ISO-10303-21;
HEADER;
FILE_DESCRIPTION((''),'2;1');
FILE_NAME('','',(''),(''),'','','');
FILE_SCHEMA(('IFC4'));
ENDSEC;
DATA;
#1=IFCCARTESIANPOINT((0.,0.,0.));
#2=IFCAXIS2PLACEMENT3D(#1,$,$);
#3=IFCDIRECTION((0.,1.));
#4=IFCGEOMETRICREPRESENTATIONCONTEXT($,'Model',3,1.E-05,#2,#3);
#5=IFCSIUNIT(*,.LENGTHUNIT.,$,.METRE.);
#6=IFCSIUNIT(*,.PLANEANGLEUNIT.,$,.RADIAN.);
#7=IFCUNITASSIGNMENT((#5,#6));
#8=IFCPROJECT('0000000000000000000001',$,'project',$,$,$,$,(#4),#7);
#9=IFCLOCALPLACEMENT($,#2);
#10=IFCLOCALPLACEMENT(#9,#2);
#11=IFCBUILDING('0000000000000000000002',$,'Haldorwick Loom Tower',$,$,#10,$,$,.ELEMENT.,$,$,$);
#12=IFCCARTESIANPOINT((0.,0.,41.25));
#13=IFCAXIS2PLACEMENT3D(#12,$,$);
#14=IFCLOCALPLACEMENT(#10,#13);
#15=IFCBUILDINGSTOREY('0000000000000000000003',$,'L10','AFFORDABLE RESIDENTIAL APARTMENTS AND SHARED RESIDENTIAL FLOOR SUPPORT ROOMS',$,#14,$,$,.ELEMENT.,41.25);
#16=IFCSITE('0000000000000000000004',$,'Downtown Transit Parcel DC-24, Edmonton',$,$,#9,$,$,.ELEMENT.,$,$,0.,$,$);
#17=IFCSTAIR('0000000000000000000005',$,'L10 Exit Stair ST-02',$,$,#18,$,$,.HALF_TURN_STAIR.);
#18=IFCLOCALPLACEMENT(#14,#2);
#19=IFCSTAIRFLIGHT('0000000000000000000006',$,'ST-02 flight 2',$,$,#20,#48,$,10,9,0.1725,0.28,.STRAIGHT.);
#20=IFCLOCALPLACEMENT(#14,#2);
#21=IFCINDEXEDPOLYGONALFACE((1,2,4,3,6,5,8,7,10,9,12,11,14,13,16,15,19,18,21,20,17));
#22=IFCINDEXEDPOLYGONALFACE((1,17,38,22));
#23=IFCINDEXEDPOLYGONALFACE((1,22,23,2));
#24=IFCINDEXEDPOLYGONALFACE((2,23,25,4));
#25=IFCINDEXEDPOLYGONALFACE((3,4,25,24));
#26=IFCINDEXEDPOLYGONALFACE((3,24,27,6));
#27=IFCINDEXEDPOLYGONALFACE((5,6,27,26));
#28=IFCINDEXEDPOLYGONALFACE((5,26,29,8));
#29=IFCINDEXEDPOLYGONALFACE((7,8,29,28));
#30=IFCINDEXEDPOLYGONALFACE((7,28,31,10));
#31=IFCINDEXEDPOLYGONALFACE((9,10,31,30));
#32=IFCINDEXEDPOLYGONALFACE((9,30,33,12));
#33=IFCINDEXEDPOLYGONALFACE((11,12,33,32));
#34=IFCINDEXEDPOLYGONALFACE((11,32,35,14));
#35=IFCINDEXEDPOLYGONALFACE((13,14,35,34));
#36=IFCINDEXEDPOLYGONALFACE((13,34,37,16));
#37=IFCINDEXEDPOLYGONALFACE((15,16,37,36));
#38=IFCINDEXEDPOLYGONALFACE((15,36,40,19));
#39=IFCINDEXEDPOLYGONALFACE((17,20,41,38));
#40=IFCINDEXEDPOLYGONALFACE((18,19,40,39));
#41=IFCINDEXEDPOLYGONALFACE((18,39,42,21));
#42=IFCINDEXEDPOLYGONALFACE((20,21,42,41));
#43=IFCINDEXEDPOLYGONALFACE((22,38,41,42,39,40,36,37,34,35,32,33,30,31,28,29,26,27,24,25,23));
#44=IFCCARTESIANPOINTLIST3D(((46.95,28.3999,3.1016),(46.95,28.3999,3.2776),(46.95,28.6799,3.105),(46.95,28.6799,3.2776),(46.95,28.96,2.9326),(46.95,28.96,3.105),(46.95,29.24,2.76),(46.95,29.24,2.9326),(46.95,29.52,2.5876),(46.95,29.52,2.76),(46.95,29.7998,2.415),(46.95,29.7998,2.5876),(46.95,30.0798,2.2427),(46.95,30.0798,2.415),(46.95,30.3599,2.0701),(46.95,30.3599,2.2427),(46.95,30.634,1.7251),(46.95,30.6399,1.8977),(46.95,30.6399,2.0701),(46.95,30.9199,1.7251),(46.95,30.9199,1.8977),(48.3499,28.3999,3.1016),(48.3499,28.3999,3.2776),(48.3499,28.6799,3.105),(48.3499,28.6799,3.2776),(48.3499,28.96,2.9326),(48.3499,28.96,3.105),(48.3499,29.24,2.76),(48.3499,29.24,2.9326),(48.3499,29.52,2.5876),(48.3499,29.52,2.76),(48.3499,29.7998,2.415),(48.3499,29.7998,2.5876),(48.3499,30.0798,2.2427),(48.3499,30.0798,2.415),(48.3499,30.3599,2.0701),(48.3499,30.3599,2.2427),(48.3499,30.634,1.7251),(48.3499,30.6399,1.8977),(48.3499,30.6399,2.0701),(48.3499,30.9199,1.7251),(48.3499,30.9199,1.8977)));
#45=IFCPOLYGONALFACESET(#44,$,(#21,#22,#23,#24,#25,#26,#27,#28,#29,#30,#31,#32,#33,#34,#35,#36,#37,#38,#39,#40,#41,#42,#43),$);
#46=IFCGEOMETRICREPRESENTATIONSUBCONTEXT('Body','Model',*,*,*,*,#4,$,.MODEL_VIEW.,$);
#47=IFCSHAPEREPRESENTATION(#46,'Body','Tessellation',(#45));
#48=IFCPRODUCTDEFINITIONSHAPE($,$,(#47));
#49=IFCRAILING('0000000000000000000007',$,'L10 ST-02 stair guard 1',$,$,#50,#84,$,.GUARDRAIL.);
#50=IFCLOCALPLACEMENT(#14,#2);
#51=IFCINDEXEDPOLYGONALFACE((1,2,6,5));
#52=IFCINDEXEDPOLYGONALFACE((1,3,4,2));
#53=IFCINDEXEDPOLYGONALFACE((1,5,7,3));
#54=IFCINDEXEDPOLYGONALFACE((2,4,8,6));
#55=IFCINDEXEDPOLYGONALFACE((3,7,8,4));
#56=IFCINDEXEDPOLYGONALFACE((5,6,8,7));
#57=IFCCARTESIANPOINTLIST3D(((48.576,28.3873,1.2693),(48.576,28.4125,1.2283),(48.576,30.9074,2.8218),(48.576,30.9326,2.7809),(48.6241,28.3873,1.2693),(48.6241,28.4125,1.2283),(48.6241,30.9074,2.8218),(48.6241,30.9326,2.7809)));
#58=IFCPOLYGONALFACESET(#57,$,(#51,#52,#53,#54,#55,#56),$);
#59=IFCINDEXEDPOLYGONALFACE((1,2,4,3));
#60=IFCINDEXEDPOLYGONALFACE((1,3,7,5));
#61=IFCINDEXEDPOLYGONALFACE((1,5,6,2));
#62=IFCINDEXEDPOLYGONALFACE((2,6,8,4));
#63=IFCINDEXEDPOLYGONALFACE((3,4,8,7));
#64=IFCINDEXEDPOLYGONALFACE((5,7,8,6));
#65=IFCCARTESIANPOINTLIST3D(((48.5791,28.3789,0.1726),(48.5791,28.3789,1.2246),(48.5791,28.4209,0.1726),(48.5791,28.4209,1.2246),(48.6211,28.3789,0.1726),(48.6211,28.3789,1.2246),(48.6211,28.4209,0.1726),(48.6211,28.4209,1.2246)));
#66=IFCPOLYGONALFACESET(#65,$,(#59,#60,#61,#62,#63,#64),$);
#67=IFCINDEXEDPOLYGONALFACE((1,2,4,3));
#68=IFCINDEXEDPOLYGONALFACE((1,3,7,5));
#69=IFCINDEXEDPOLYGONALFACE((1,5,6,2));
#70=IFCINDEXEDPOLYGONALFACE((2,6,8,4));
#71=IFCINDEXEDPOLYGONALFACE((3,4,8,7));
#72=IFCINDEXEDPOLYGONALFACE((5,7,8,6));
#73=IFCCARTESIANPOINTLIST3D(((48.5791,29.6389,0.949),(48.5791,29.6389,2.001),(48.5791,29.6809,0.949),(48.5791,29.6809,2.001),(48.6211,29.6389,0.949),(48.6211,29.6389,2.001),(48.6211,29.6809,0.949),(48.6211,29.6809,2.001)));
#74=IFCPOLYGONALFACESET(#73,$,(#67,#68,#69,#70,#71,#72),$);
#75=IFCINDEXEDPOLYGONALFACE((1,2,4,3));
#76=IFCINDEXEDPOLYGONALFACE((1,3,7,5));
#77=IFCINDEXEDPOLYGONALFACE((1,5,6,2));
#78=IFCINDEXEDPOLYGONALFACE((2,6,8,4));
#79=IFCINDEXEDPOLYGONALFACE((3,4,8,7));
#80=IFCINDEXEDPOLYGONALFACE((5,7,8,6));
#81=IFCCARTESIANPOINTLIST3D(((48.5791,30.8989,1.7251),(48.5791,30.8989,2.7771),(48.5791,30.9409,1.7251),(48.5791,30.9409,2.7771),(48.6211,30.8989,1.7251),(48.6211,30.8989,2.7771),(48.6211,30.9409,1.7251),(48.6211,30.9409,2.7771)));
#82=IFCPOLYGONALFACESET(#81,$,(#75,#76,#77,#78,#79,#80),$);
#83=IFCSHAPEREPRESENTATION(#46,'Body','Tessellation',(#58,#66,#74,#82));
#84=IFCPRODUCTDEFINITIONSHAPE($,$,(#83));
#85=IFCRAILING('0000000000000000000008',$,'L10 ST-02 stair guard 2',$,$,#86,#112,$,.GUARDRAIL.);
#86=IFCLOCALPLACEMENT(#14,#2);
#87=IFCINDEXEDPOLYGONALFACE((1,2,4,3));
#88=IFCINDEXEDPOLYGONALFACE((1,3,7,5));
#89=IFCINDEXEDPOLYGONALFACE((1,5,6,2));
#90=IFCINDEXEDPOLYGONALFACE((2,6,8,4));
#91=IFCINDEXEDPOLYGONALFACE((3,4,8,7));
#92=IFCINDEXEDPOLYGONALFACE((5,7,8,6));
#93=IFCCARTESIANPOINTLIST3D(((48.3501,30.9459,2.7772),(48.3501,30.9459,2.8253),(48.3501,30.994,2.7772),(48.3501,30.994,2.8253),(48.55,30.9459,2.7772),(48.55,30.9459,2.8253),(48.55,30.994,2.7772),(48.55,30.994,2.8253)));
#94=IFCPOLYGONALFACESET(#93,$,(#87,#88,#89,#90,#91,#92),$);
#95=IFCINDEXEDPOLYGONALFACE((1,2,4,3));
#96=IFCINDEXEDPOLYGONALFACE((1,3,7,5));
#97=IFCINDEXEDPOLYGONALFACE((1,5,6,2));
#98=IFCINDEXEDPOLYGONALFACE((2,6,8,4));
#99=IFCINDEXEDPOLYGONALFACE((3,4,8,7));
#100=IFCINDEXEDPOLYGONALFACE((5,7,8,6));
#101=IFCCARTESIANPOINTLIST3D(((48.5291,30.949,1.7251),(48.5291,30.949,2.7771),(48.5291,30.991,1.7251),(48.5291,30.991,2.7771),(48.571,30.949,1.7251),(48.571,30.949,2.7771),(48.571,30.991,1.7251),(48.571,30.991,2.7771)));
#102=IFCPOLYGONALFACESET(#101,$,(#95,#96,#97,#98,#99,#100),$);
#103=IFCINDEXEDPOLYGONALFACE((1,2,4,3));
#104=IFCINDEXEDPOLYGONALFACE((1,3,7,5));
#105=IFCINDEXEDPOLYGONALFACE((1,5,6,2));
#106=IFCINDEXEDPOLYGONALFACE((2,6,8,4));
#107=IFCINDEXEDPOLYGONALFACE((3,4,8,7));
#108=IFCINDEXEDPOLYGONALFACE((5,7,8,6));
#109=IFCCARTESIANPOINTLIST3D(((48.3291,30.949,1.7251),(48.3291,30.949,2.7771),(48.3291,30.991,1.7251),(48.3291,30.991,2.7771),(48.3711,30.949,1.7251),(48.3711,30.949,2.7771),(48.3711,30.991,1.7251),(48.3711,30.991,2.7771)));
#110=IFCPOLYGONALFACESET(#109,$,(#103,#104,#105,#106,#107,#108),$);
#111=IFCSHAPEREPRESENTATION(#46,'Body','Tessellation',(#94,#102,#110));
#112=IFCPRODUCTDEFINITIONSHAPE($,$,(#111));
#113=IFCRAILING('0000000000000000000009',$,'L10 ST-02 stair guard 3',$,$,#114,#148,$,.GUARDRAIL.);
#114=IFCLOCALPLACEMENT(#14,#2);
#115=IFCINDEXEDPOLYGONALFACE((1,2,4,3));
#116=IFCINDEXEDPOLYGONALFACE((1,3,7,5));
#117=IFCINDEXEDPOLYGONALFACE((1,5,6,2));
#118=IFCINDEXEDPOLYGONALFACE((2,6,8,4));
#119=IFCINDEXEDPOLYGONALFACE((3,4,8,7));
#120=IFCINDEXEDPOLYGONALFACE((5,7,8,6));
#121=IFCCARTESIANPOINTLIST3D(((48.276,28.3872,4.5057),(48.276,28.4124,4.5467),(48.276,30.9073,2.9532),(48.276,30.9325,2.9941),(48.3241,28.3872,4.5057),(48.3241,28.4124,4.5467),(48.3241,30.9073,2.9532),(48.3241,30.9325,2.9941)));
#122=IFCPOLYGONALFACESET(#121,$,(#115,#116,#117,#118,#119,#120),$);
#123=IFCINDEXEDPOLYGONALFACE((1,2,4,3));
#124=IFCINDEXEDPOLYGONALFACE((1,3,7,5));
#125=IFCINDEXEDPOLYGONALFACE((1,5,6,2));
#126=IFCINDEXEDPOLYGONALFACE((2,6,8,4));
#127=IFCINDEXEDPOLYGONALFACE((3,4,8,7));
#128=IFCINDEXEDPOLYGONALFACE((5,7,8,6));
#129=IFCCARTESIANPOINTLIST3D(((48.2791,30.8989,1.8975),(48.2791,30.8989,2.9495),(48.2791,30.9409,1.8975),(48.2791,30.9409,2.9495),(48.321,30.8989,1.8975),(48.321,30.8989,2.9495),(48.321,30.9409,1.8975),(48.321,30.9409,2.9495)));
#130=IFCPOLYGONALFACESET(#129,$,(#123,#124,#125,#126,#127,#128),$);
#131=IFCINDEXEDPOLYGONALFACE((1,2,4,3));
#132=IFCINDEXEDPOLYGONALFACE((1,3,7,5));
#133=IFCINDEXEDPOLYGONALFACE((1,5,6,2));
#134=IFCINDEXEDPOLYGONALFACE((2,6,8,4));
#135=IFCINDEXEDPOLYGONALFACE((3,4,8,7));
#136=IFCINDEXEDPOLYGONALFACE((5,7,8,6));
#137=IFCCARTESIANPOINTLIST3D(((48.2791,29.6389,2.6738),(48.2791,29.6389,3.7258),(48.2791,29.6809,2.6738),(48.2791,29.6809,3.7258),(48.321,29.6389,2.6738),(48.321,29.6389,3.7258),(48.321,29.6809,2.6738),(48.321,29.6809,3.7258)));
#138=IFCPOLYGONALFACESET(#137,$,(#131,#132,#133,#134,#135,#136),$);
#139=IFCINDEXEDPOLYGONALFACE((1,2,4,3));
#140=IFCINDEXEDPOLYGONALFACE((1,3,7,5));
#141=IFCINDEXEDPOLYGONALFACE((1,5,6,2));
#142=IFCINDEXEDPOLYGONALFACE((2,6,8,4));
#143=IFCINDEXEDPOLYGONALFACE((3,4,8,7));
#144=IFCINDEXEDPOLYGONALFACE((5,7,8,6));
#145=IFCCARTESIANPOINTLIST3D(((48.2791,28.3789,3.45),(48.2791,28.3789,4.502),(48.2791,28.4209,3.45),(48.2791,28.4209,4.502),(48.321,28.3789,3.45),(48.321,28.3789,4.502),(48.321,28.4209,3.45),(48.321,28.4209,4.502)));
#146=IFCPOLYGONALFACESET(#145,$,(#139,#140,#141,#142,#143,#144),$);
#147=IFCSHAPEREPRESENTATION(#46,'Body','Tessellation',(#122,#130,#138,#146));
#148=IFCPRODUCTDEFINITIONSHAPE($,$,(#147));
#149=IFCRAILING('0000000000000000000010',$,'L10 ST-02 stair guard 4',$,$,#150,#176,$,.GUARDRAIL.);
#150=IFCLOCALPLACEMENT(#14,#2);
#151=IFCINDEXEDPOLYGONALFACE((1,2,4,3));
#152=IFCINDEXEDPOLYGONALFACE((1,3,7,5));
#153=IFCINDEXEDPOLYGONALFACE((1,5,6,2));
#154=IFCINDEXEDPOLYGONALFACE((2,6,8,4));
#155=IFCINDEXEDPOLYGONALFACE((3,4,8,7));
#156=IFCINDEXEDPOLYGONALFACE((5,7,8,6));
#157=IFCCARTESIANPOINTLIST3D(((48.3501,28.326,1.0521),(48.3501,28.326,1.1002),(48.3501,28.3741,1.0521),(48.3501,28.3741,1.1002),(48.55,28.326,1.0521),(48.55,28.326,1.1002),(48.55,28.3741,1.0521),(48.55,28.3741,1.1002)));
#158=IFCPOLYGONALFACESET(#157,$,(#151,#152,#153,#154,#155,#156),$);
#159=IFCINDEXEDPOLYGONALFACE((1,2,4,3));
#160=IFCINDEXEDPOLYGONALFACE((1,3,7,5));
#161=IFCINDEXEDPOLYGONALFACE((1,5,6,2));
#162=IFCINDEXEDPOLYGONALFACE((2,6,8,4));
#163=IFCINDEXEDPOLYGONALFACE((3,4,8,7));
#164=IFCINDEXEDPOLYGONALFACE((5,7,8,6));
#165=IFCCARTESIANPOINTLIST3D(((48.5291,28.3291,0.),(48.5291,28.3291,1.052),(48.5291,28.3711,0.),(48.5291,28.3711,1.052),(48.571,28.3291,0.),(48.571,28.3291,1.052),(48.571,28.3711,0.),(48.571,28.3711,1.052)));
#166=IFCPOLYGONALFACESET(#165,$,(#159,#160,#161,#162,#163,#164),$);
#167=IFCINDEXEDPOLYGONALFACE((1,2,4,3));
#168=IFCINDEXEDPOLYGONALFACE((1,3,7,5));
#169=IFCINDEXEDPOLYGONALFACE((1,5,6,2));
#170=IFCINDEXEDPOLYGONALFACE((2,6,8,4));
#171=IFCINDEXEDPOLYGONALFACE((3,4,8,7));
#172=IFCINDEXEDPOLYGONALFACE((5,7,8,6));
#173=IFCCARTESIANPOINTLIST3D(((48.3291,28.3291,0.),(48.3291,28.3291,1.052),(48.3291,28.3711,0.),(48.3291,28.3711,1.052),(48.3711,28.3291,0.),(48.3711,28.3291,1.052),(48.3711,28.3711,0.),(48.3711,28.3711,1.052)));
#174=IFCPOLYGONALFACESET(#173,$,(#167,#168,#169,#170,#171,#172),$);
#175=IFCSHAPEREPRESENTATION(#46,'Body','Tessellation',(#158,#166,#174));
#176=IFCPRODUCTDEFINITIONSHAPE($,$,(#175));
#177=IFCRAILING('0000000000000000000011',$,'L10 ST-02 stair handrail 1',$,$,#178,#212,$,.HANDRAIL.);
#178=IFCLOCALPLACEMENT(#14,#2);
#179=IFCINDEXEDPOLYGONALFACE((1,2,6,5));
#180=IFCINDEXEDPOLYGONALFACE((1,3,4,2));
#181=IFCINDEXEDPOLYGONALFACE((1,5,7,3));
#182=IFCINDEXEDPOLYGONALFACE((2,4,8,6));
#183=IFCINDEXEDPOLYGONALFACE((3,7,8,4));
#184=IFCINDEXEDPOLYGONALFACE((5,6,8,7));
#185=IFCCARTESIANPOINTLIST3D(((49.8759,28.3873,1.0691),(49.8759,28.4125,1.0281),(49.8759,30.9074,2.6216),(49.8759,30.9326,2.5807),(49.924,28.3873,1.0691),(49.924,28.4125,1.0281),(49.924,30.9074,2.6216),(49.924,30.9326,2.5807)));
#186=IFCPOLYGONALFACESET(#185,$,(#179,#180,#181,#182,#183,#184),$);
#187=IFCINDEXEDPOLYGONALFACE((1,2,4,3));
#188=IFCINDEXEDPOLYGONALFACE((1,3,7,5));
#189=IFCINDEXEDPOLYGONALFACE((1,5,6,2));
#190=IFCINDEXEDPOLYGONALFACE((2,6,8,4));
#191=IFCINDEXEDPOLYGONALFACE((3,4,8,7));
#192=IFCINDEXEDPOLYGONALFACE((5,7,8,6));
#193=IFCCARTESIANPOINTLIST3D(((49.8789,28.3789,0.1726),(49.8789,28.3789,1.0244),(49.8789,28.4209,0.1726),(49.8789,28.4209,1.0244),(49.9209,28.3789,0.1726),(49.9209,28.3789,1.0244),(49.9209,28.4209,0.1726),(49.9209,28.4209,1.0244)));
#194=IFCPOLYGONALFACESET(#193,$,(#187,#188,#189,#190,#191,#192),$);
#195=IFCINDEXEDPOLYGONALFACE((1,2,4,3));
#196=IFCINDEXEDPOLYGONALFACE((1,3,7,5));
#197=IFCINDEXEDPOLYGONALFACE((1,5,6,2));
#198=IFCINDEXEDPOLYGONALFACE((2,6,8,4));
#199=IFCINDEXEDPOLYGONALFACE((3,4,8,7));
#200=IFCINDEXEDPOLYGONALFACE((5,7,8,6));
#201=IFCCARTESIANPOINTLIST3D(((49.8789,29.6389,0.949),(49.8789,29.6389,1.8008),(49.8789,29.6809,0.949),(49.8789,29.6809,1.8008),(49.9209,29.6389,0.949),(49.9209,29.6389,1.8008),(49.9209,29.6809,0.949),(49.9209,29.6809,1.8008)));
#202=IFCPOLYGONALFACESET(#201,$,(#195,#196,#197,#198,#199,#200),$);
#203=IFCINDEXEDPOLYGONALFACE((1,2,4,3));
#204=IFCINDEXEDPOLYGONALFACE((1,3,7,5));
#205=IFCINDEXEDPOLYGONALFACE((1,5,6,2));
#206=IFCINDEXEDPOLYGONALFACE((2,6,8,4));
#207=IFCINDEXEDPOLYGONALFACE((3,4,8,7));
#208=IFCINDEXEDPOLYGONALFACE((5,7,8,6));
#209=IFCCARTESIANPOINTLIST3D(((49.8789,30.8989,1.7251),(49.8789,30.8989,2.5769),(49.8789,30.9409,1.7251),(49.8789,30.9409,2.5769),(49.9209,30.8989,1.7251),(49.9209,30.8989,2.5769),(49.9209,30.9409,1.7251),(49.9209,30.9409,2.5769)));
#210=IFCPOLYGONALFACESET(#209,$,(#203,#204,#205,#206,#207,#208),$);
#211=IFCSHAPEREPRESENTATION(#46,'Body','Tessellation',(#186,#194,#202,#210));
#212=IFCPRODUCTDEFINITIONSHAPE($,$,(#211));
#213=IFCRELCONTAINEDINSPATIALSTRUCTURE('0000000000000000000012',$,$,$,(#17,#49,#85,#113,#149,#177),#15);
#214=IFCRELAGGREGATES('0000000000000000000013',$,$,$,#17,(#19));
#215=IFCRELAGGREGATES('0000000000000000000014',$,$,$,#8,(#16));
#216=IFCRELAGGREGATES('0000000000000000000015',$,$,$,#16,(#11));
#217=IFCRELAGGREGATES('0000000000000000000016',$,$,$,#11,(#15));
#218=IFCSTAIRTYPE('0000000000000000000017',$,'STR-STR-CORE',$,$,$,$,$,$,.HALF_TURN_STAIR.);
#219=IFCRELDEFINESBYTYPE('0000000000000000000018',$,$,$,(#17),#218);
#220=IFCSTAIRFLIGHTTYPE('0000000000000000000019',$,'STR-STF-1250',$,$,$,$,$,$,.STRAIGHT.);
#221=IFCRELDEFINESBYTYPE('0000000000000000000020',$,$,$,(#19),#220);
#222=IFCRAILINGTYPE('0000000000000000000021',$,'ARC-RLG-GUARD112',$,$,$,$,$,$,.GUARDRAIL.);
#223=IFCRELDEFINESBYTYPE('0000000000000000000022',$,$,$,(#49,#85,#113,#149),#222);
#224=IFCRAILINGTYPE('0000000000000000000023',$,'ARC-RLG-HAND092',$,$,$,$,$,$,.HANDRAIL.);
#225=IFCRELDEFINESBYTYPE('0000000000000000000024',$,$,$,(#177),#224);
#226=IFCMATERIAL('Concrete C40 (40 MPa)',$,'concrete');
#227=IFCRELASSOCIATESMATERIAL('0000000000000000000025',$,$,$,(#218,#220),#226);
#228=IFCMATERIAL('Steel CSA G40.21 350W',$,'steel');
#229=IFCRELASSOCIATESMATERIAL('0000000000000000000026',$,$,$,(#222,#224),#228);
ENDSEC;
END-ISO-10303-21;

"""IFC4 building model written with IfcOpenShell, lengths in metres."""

from ifc_helpers import new_model, si_unit, direction, frame, origin, origin_2d, place, context, subcontext, project, spatial, polyline, rectangle, outline, extrude, material, type_object, element, aggregate, save


model = new_model("IFC4")

# Units and contexts
model_context = context("Model", 3, precision=1e-05, world=origin(), true_north=direction((0.0, 1.0)))
body_context = subcontext(model_context, "Body", "Model", "MODEL_VIEW")
ifc_project = project(units=[si_unit("LENGTHUNIT", "METRE"), si_unit("PLANEANGLEUNIT", "RADIAN")], contexts=[model_context])

# Site, building, storey
site_placement = place(None, origin())
site = spatial("IfcSite", under=ifc_project, at=site_placement, Name="Downtown Transit Parcel DC-24, Edmonton", CompositionType="ELEMENT", RefElevation=0.0)
building_placement = place(site_placement, origin())
building = spatial("IfcBuilding", under=site, at=building_placement, Name="Haldorwick Loom Tower", CompositionType="ELEMENT")
storey_placement = place(building_placement, frame((0.0, 0.0, 41.25)))
storey = spatial("IfcBuildingStorey", under=building, at=storey_placement, Name="L10", Description="AFFORDABLE RESIDENTIAL APARTMENTS AND SHARED RESIDENTIAL FLOOR SUPPORT ROOMS", CompositionType="ELEMENT", Elevation=41.25)

# Shared definitions
ifc_material_1 = material(Name="Steel CSA G40.21 350W", Category="steel")

# Stair, stair flight
ifc_material_2 = material(Name="Concrete C40 (40 MPa)", Category="concrete")
stair_type = type_object("IfcStairType", Name="STR-STR-CORE", PredefinedType="HALF_TURN_STAIR", material=ifc_material_2)
stair_placement = place(storey_placement, origin())
stair = element("IfcStair", 1, at=stair_placement, inside=storey, type_object=stair_type, Name="L10 Exit Stair ST-02", PredefinedType="HALF_TURN_STAIR")
stair_flight_type = type_object("IfcStairFlightType", Name="STR-STF-1250", PredefinedType="STRAIGHT", material=ifc_material_2)
stair_flight_1_placement = place(storey_placement, frame((47.6499, 30.9199, 1.7251), z_axis=(0.0, 0.0, 1.0), x_axis=(0.0, -1.0, 0.0)))
stair_flight_1 = element("IfcStairFlight", 2, at=stair_flight_1_placement, type_object=stair_flight_type, Name="ST-02 flight 2", NumberOfRisers=10, NumberOfTreads=9, PredefinedType="STRAIGHT", RiserHeight=0.1725, TreadLength=0.28, context=body_context, shape_type="SweptSolid", body=[
    extrude(outline(polyline([(0.0, 0.0), (0.0, 0.1726), (0.28, 0.1726), (0.28, 0.345), (0.5601, 0.345), (0.5601, 0.5176), (0.8401, 0.5176), (0.8401, 0.6899), (1.1201, 0.6899), (1.1201, 0.8625), (1.3999, 0.8625), (1.3999, 1.0349), (1.6799, 1.0349), (1.6799, 1.2075), (1.96, 1.2075), (1.96, 1.3799), (2.24, 1.3799), (2.24, 1.5525), (2.52, 1.5525), (2.52, 1.7251), (2.52, 1.3765), (0.2859, 0.0), (0.0, 0.0)])), frame((0.0, 0.7, 0.0), z_axis=(0.0, -1.0, 0.0), x_axis=(1.0, 0.0, 0.0)), (0.0, 0.0, 1.0), 1.3999),
])
aggregate(stair, [stair_flight_1])

# Railings
railing_type_1 = type_object("IfcRailingType", Name="ARC-RLG-GUARD112", PredefinedType="GUARDRAIL", material=ifc_material_1)
railing_1_placement = place(storey_placement, frame((48.6001, 28.3999, 0.1726)))
element("IfcRailing", 3, at=railing_1_placement, inside=storey, type_object=railing_type_1, Name="L10 ST-02 stair guard 1", PredefinedType="GUARDRAIL", context=body_context, shape_type="SweptSolid", body=[
    extrude(rectangle(XDim=0.0481, YDim=0.0481, at=origin_2d()), frame((0.0, 0.0, 1.0762), z_axis=(0.0, 0.8514, 0.524516), x_axis=(-1.0, 0.0, 0.0)), (0.0, 0.0, 1.0), 2.96),
    extrude(rectangle(XDim=0.042, YDim=0.042, at=origin_2d()), origin(), (0.0, 0.0, 1.0), 1.052),
    extrude(rectangle(XDim=0.042, YDim=0.042, at=origin_2d()), frame((0.0, 1.26, 0.7764)), (0.0, 0.0, 1.0), 1.052),
    extrude(rectangle(XDim=0.042, YDim=0.042, at=origin_2d()), frame((0.0, 2.52, 1.5525)), (0.0, 0.0, 1.0), 1.052),
])
railing_2_placement = place(storey_placement, frame((48.55, 30.97, 1.7251)))
element("IfcRailing", 4, at=railing_2_placement, inside=storey, type_object=railing_type_1, Name="L10 ST-02 stair guard 2", PredefinedType="GUARDRAIL", context=body_context, shape_type="SweptSolid", body=[
    extrude(rectangle(XDim=0.0481, YDim=0.0481, at=origin_2d()), frame((0.0, 0.0, 1.0762), z_axis=(-1.0, 0.0, 0.0), x_axis=(0.0, -1.0, 0.0)), (0.0, 0.0, 1.0), 0.2),
    extrude(rectangle(XDim=0.042, YDim=0.042, at=origin_2d()), origin(), (0.0, 0.0, 1.0), 1.052),
    extrude(rectangle(XDim=0.042, YDim=0.042, at=origin_2d()), frame((-0.2, 0.0, 0.0)), (0.0, 0.0, 1.0), 1.052),
])
railing_3_placement = place(storey_placement, frame((48.3, 30.9199, 1.8975)))
element("IfcRailing", 5, at=railing_3_placement, inside=storey, type_object=railing_type_1, Name="L10 ST-02 stair guard 3", PredefinedType="GUARDRAIL", context=body_context, shape_type="SweptSolid", body=[
    extrude(rectangle(XDim=0.0481, YDim=0.0481, at=origin_2d()), frame((0.0, 0.0, 1.0762), z_axis=(0.0, -0.8514, 0.524516), x_axis=(1.0, 0.0, 0.0)), (0.0, 0.0, 1.0), 2.96),
    extrude(rectangle(XDim=0.042, YDim=0.042, at=origin_2d()), origin(), (0.0, 0.0, 1.0), 1.052),
    extrude(rectangle(XDim=0.042, YDim=0.042, at=origin_2d()), frame((0.0, -1.26, 0.7764)), (0.0, 0.0, 1.0), 1.052),
    extrude(rectangle(XDim=0.042, YDim=0.042, at=origin_2d()), frame((0.0, -2.52, 1.5525)), (0.0, 0.0, 1.0), 1.052),
])
railing_4_placement = place(storey_placement, frame((48.55, 28.3501, 0.0)))
element("IfcRailing", 6, at=railing_4_placement, inside=storey, type_object=railing_type_1, Name="L10 ST-02 stair guard 4", PredefinedType="GUARDRAIL", context=body_context, shape_type="SweptSolid", body=[
    extrude(rectangle(XDim=0.0481, YDim=0.0481, at=origin_2d()), frame((0.0, 0.0, 1.0762), z_axis=(-1.0, 0.0, 0.0), x_axis=(0.0, -1.0, 0.0)), (0.0, 0.0, 1.0), 0.2),
    extrude(rectangle(XDim=0.042, YDim=0.042, at=origin_2d()), origin(), (0.0, 0.0, 1.0), 1.052),
    extrude(rectangle(XDim=0.042, YDim=0.042, at=origin_2d()), frame((-0.2, 0.0, 0.0)), (0.0, 0.0, 1.0), 1.052),
])
railing_type_2 = type_object("IfcRailingType", Name="ARC-RLG-HAND092", PredefinedType="HANDRAIL", material=ifc_material_1)
railing_5_placement = place(storey_placement, frame((49.8999, 28.3999, 0.1726)))
element("IfcRailing", 7, at=railing_5_placement, inside=storey, type_object=railing_type_2, Name="L10 ST-02 stair handrail 1", PredefinedType="HANDRAIL", context=body_context, shape_type="SweptSolid", body=[
    extrude(rectangle(XDim=0.0481, YDim=0.0481, at=origin_2d()), frame((0.0, 0.0, 0.876), z_axis=(0.0, 0.8514, 0.524516), x_axis=(-1.0, 0.0, 0.0)), (0.0, 0.0, 1.0), 2.96),
    extrude(rectangle(XDim=0.042, YDim=0.042, at=origin_2d()), origin(), (0.0, 0.0, 1.0), 0.8518),
    extrude(rectangle(XDim=0.042, YDim=0.042, at=origin_2d()), frame((0.0, 1.26, 0.7764)), (0.0, 0.0, 1.0), 0.8518),
    extrude(rectangle(XDim=0.042, YDim=0.042, at=origin_2d()), frame((0.0, 2.52, 1.5525)), (0.0, 0.0, 1.0), 0.8518),
])

save(model, "model.ifc")
